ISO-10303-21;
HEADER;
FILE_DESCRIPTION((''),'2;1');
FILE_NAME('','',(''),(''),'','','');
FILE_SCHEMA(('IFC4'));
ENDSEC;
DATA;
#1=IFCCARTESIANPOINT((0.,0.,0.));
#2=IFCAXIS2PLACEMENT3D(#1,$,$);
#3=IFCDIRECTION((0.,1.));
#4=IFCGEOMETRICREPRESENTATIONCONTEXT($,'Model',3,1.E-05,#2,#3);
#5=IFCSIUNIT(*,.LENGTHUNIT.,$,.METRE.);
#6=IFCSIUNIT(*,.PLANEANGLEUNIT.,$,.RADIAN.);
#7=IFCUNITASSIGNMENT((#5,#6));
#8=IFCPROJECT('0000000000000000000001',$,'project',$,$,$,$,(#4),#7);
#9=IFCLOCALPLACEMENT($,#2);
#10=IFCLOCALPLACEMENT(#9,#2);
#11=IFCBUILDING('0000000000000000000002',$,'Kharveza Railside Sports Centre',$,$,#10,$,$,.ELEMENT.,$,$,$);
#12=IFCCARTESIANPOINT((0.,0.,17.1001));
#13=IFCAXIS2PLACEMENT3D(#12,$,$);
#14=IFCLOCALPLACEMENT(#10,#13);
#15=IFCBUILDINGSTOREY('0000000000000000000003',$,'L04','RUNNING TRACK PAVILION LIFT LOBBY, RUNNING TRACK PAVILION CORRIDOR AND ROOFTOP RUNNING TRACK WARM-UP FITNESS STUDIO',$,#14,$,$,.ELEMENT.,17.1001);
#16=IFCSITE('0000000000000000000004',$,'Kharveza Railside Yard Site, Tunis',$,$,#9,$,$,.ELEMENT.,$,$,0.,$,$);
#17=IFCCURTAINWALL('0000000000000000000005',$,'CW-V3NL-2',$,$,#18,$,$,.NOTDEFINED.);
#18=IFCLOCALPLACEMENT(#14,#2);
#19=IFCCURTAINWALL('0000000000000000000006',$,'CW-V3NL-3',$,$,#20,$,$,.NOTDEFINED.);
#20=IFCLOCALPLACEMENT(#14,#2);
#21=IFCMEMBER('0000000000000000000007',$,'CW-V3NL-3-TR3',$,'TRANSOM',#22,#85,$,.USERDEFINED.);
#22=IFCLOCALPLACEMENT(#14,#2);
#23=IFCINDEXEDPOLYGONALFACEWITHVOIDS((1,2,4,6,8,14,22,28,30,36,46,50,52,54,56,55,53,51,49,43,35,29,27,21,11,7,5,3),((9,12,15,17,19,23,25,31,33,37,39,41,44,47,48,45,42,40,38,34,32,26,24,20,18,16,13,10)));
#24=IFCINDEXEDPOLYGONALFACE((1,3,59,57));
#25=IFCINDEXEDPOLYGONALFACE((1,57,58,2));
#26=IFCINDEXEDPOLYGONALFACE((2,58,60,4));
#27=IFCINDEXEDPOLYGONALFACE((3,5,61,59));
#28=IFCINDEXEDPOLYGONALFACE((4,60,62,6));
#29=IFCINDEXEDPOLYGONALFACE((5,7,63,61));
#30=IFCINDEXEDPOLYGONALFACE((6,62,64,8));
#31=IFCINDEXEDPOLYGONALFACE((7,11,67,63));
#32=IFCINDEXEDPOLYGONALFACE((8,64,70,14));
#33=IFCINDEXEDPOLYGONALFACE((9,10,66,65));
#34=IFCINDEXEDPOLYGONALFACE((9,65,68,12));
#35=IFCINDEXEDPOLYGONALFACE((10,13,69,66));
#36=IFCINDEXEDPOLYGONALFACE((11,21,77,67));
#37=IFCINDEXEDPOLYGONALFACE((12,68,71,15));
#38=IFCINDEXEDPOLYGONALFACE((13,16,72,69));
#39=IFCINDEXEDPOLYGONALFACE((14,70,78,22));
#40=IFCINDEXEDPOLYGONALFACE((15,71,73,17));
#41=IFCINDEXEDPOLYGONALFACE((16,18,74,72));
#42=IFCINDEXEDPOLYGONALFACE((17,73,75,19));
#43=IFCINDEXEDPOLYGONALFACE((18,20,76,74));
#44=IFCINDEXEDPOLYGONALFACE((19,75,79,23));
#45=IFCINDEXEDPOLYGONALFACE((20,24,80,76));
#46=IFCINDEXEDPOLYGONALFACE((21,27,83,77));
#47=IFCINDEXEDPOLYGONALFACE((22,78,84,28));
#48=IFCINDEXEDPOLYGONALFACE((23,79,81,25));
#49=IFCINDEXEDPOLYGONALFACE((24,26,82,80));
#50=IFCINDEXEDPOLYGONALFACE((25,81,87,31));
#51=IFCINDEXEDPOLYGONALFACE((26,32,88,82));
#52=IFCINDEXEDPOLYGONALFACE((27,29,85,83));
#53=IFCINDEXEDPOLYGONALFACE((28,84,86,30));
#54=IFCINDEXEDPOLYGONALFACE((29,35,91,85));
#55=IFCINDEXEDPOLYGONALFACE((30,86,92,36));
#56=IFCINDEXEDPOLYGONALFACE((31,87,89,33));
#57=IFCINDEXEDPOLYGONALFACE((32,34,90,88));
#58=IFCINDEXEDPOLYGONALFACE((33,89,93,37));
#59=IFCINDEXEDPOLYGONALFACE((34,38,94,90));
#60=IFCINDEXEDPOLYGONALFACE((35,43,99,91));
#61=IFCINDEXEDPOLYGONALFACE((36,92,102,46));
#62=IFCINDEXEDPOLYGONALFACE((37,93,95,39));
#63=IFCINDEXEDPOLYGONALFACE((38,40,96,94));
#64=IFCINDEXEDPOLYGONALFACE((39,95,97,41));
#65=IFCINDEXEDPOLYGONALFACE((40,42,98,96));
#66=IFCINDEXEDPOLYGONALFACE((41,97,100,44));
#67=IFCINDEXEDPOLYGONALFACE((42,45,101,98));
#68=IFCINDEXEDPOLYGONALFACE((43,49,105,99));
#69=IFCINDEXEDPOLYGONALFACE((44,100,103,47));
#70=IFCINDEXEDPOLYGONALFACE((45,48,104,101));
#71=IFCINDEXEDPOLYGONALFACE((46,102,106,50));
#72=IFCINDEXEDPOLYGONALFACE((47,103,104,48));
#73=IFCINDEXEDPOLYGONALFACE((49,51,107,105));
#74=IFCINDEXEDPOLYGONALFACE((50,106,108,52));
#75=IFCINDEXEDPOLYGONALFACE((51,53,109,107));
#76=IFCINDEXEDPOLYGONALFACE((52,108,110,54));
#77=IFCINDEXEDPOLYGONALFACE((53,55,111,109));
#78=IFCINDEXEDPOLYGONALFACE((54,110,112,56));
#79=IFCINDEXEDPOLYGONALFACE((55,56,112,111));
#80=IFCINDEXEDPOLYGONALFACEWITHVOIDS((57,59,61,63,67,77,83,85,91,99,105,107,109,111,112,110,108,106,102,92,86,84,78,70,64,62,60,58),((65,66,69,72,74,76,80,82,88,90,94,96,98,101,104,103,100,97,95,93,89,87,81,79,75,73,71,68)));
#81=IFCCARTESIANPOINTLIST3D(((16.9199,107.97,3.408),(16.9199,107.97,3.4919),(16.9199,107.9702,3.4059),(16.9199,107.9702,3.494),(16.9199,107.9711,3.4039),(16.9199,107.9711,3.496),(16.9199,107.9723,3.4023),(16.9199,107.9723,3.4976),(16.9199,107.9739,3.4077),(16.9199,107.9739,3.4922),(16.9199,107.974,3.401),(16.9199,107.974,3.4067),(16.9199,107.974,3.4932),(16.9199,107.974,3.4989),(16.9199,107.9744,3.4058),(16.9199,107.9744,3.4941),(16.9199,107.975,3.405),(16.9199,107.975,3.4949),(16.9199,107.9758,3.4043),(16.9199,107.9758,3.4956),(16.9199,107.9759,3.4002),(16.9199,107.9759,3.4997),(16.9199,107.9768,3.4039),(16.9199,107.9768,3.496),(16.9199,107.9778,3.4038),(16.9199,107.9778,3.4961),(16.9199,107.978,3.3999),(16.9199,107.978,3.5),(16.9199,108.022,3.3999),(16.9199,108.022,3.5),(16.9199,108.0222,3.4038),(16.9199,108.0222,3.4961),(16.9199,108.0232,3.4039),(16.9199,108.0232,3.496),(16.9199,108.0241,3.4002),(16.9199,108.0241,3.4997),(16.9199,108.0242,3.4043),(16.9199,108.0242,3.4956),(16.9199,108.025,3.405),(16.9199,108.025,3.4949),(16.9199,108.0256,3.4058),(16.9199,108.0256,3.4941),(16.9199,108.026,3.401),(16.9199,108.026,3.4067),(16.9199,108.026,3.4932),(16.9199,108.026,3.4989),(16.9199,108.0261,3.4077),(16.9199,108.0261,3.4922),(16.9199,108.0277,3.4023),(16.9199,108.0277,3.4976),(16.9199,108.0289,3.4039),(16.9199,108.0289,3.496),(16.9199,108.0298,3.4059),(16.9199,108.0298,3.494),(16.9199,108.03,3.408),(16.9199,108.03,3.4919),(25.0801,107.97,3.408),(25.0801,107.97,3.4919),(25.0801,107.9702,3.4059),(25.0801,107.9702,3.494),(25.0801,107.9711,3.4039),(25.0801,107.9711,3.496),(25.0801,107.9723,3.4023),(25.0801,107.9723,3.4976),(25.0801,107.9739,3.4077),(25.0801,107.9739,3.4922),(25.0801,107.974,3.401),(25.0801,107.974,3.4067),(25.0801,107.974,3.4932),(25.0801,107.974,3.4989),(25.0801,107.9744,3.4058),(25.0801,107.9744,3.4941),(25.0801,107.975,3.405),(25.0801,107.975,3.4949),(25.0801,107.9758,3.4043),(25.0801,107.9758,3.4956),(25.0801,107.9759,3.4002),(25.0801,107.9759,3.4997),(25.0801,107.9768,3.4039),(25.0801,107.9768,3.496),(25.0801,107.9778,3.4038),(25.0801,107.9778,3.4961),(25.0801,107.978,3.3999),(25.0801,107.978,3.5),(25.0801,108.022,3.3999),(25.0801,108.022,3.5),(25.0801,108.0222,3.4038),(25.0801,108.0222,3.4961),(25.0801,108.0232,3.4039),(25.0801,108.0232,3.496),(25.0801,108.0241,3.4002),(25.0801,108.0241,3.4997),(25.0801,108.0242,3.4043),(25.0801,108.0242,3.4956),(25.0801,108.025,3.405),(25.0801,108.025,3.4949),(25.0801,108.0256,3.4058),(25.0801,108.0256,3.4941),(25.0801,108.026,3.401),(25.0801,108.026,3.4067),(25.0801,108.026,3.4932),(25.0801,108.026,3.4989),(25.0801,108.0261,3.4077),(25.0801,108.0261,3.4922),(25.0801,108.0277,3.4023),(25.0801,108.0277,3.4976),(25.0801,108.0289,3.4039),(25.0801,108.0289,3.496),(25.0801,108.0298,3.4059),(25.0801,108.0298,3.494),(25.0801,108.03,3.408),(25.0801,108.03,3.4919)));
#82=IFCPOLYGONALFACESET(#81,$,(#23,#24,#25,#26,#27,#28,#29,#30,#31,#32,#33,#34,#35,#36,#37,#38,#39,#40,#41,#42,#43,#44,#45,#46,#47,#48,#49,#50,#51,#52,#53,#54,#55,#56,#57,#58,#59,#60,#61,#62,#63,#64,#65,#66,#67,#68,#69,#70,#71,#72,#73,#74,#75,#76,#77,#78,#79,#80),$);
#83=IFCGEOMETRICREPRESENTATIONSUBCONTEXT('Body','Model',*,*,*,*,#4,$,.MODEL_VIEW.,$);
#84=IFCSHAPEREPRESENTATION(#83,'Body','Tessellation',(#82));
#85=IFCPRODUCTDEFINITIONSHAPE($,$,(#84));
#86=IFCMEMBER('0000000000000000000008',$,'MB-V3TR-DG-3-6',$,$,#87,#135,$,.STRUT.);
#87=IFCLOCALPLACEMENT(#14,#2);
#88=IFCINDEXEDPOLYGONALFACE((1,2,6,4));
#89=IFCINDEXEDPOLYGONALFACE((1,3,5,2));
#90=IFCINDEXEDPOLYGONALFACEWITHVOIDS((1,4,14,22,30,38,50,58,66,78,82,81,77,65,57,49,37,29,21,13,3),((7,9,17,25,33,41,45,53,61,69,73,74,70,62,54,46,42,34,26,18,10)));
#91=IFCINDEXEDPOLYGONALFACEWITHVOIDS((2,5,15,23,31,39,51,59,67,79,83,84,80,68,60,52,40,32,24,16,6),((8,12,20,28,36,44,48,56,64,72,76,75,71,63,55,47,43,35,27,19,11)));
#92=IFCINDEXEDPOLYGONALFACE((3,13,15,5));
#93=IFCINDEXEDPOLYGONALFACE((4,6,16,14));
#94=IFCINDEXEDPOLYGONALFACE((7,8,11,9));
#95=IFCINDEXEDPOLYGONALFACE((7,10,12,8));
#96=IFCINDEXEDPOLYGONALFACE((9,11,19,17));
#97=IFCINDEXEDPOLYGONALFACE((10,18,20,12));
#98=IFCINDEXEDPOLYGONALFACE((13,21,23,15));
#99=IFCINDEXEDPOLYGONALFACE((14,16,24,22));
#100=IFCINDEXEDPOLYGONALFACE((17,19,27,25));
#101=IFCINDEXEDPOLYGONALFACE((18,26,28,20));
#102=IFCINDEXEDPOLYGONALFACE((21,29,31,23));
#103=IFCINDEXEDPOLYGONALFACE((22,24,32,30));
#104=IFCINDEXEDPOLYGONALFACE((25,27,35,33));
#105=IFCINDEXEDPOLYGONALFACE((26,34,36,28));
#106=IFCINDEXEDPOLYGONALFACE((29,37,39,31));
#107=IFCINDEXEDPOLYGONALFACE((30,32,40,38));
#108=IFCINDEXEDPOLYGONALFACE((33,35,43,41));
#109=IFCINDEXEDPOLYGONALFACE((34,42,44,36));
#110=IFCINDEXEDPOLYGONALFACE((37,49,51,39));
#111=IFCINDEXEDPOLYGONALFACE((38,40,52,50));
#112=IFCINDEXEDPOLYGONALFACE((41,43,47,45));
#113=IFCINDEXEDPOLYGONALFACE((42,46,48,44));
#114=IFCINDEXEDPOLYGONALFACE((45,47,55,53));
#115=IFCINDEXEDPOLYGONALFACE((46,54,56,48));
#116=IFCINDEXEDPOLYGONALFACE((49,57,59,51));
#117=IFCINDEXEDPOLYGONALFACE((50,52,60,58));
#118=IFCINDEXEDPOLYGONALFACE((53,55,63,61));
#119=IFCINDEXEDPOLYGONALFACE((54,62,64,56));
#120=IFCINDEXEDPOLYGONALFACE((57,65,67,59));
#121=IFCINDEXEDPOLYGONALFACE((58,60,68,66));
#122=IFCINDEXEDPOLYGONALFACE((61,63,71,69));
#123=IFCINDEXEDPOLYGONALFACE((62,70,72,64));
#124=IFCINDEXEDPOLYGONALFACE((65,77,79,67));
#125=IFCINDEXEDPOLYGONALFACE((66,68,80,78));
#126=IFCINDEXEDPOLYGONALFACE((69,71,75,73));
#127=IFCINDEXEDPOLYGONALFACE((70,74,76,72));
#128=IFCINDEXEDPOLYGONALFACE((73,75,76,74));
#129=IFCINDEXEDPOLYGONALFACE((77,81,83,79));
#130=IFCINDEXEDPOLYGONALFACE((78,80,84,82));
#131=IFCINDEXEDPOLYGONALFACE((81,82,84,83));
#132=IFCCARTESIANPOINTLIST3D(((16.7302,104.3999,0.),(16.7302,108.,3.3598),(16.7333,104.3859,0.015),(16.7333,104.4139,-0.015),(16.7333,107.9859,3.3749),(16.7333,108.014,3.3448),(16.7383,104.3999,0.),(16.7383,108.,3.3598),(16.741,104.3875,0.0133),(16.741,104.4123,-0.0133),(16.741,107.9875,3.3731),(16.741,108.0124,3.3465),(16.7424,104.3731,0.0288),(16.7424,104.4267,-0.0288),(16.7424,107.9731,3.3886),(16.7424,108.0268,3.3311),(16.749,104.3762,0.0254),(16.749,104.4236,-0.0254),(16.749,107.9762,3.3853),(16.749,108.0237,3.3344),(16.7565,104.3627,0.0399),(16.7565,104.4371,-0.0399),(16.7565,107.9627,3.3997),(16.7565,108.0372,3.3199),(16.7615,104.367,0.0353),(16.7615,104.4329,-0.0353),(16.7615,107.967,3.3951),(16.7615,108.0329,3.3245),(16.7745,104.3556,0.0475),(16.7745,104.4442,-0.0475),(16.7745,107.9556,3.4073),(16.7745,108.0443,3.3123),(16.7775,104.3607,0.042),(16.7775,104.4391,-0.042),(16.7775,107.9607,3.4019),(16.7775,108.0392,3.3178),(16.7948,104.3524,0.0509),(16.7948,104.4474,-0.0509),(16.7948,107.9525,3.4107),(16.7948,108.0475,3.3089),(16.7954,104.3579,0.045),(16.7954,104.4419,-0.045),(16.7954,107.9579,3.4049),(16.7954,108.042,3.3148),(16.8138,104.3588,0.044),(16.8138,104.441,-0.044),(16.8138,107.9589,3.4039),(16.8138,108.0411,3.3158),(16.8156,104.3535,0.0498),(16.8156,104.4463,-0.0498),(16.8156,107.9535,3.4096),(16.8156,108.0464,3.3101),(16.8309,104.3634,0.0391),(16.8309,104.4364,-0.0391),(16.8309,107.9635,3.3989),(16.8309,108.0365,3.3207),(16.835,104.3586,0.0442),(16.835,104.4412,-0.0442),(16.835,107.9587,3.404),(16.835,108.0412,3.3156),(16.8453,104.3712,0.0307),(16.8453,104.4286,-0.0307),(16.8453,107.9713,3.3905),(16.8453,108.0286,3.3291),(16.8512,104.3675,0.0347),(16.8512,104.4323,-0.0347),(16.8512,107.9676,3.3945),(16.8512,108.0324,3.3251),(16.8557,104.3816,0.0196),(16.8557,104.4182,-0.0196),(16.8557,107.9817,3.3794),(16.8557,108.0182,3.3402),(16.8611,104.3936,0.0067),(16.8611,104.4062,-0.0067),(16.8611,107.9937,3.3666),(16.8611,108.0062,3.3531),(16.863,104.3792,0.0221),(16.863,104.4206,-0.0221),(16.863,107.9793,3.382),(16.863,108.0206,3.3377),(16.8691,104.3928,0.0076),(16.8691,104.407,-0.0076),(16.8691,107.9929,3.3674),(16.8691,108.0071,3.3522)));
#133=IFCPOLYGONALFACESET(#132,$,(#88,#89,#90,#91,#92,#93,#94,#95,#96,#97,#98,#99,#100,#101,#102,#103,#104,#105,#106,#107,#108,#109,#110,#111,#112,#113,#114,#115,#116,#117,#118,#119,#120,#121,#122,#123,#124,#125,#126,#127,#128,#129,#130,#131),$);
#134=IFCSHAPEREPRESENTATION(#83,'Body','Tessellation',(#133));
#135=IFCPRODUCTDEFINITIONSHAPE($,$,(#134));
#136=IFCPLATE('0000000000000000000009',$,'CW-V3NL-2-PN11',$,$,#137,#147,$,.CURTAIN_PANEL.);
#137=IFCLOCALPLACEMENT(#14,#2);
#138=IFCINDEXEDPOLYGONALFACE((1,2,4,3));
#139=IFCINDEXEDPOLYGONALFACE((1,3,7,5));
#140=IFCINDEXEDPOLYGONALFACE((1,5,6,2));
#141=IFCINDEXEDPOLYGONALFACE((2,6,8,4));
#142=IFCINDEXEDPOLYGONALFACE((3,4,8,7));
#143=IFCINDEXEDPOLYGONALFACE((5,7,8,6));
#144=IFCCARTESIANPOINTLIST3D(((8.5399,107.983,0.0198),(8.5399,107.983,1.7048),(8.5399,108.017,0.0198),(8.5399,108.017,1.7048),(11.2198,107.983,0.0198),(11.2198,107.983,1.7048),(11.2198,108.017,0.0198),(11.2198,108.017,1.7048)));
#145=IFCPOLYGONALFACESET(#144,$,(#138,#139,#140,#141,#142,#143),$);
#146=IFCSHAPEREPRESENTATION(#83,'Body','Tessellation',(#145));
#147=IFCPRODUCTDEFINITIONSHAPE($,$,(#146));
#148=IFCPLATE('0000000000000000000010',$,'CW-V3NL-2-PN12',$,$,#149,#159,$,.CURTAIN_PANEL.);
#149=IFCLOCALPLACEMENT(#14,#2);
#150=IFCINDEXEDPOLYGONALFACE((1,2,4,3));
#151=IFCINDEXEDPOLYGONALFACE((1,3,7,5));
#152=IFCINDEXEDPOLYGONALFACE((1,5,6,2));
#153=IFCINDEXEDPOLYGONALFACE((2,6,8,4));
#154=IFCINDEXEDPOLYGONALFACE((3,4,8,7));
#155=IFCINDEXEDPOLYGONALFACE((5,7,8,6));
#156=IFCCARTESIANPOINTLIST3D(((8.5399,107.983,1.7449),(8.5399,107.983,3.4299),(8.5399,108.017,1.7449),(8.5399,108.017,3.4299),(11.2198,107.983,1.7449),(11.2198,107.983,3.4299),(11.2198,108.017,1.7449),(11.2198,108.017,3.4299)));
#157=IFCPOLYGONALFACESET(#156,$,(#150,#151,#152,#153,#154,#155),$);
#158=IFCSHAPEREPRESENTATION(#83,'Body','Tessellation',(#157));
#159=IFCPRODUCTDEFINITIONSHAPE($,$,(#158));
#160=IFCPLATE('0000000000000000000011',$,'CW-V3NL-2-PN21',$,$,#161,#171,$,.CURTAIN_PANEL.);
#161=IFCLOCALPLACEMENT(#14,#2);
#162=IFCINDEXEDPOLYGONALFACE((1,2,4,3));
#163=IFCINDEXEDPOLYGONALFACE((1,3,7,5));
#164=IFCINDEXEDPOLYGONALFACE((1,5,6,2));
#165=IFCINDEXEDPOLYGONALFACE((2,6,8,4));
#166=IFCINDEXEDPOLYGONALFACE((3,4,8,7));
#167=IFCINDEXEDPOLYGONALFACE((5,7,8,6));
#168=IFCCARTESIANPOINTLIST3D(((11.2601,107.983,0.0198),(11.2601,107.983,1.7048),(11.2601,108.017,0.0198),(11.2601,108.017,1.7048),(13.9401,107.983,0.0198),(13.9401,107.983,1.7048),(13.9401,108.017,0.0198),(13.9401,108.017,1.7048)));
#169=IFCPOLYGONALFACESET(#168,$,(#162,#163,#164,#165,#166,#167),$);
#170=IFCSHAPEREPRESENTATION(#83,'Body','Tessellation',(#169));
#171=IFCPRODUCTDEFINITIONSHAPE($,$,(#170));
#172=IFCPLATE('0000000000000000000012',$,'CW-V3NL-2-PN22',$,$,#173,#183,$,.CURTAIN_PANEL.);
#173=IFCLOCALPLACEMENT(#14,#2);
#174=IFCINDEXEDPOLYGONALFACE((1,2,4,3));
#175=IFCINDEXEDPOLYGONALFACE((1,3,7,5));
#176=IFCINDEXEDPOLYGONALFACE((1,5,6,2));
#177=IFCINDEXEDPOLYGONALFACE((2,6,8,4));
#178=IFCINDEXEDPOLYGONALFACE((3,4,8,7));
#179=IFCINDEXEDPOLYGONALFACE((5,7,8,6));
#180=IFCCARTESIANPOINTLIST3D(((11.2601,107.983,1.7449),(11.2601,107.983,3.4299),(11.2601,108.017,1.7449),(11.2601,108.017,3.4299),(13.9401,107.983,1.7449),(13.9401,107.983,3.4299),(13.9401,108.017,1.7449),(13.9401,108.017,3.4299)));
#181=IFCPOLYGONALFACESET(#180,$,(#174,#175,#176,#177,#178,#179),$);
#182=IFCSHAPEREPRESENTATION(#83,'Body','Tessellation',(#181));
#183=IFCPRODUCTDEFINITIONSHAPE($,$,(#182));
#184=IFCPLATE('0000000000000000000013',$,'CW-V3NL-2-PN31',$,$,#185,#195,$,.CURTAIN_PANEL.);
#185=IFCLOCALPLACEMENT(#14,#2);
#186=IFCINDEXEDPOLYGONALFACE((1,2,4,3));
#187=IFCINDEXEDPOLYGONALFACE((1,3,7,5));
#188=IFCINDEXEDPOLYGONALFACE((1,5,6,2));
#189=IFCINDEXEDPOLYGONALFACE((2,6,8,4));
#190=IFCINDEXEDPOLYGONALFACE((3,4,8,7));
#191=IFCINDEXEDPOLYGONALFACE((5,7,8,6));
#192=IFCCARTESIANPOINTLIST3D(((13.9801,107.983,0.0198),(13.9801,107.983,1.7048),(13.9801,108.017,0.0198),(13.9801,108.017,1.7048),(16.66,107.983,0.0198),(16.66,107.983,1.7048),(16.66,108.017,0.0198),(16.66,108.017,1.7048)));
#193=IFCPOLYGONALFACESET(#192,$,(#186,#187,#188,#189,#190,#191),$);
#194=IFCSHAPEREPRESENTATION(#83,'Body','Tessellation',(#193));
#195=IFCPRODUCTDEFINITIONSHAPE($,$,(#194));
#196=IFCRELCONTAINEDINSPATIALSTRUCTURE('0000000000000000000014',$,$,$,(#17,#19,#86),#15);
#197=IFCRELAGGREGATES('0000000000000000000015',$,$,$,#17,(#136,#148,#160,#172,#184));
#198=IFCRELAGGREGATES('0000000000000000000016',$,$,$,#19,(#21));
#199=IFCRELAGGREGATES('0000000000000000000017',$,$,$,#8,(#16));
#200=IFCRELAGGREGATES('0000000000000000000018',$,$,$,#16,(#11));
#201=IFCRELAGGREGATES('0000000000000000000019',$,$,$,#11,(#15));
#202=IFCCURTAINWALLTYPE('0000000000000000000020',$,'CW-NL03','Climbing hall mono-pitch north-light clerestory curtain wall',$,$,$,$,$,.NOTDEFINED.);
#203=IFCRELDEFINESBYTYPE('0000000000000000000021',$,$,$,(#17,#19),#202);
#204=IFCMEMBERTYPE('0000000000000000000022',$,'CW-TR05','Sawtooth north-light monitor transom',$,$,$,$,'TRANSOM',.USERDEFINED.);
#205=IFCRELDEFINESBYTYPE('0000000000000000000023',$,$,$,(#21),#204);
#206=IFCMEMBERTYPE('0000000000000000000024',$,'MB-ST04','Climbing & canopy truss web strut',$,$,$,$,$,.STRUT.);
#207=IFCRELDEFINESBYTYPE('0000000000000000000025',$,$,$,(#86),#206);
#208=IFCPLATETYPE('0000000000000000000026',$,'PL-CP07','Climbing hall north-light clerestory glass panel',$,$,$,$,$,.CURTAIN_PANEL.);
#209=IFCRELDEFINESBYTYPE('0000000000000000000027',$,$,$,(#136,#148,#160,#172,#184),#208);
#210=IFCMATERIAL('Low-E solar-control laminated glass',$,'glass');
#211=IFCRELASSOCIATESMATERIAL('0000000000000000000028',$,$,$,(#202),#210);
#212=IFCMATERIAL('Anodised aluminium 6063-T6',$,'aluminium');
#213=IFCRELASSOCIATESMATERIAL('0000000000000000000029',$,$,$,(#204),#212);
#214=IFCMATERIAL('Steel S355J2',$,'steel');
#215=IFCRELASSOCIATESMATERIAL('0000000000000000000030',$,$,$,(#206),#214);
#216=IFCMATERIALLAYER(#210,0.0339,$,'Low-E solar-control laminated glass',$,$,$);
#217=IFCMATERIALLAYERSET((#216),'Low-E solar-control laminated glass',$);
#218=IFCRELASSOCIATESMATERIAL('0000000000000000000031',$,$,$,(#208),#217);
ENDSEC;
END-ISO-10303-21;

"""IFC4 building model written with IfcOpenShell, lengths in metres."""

from ifc_helpers import new_model, si_unit, direction, frame, origin, origin_2d, place, context, subcontext, project, spatial, rectangle, hollow_rectangle, hollow_circle, extrude, material, layer, layer_set, material_profile, profile_set, type_object, element, aggregate, save


model = new_model("IFC4")

# Units and contexts
model_context = context("Model", 3, precision=1e-05, world=origin(), true_north=direction((0.0, 1.0)))
body_context = subcontext(model_context, "Body", "Model", "MODEL_VIEW")
ifc_project = project(units=[si_unit("LENGTHUNIT", "METRE"), si_unit("PLANEANGLEUNIT", "RADIAN")], contexts=[model_context])

# Site, building, storey
site_placement = place(None, origin())
site = spatial("IfcSite", under=ifc_project, at=site_placement, Name="Kharveza Railside Yard Site, Tunis", CompositionType="ELEMENT", RefElevation=0.0)
building_placement = place(site_placement, origin())
building = spatial("IfcBuilding", under=site, at=building_placement, Name="Kharveza Railside Sports Centre", CompositionType="ELEMENT")
storey_placement = place(building_placement, frame((0.0, 0.0, 17.1001)))
storey = spatial("IfcBuildingStorey", under=building, at=storey_placement, Name="L04", Description="RUNNING TRACK PAVILION LIFT LOBBY, RUNNING TRACK PAVILION CORRIDOR AND ROOFTOP RUNNING TRACK WARM-UP FITNESS STUDIO", CompositionType="ELEMENT", Elevation=17.1001)

# Curtain walls
ifc_material_1 = material(Name="Low-E solar-control laminated glass", Category="glass")
curtain_wall_type = type_object("IfcCurtainWallType", Name="CW-NL03", Description="Climbing hall mono-pitch north-light clerestory curtain wall", PredefinedType="NOTDEFINED", material=ifc_material_1)
curtain_wall_1_placement = place(storey_placement, origin())
curtain_wall_1 = element("IfcCurtainWall", 1, at=curtain_wall_1_placement, inside=storey, type_object=curtain_wall_type, Name="CW-V3NL-2", PredefinedType="NOTDEFINED")
ifc_material_2 = material(Name="Anodised aluminium 6063-T6", Category="aluminium")
curtain_wall_2_placement = place(storey_placement, origin())
curtain_wall_2 = element("IfcCurtainWall", 2, at=curtain_wall_2_placement, inside=storey, type_object=curtain_wall_type, Name="CW-V3NL-3", PredefinedType="NOTDEFINED")

# Members
ifc_material_profile_1 = material_profile(ifc_material_2, hollow_rectangle(XDim=0.0601, YDim=0.1001, WallThickness=0.0039, InnerFilletRadius=0.0039, OuterFilletRadius=0.0081, at=origin_2d()), Name="RHS 60x100x4.0")
ifc_profile_set_1 = profile_set([ifc_material_profile_1], Name="Anodised aluminium 6063-T6")
member_type_1 = type_object("IfcMemberType", Name="CW-TR05", Description="Sawtooth north-light monitor transom", ElementType="TRANSOM", PredefinedType="USERDEFINED", material=ifc_profile_set_1)
member_1_placement = place(storey_placement, frame((16.9199, 108.0, 3.45), z_axis=(1.0, 0.0, 0.0), x_axis=(0.0, 1.0, 0.0)))
member_1 = element("IfcMember", 3, at=member_1_placement, type_object=member_type_1, Name="CW-V3NL-3-TR3", ObjectType="TRANSOM", PredefinedType="USERDEFINED", context=body_context, shape_type="SweptSolid", body=[
    extrude(hollow_rectangle(XDim=0.0601, YDim=0.1001, WallThickness=0.0039, InnerFilletRadius=0.0039, OuterFilletRadius=0.0081, at=origin_2d()), origin(), (0.0, 0.0, 1.0), 8.1602),
])
ifc_material_3 = material(Name="Steel S355J2", Category="steel")
ifc_material_profile_2 = material_profile(ifc_material_3, hollow_circle(Radius=0.0698, WallThickness=0.0081, at=origin_2d()), Name="CHS 139.7x8.0")
ifc_profile_set_2 = profile_set([ifc_material_profile_2], Name="Steel S355J2")
member_type_2 = type_object("IfcMemberType", Name="MB-ST04", Description="Climbing & canopy truss web strut", PredefinedType="STRUT", material=ifc_profile_set_2)
member_2_placement = place(storey_placement, frame((16.8, 104.3999, 0.0), z_axis=(0.0, 0.731078, 0.682294), x_axis=(-1.0, 0.0, 0.0)))
element("IfcMember", 4, at=member_2_placement, inside=storey, type_object=member_type_2, Name="MB-V3TR-DG-3-6", PredefinedType="STRUT", context=body_context, shape_type="SweptSolid", body=[
    extrude(hollow_circle(Radius=0.0698, WallThickness=0.0081, at=origin_2d()), origin(), (0.0, 0.0, 1.0), 4.9243),
])

# Plates
ifc_layer_1 = layer(ifc_material_1, 0.0339, Name="Low-E solar-control laminated glass")
ifc_layer_set_1 = layer_set([ifc_layer_1], Name="Low-E solar-control laminated glass")
plate_type_1 = type_object("IfcPlateType", Name="PL-CP07", Description="Climbing hall north-light clerestory glass panel", PredefinedType="CURTAIN_PANEL", material=ifc_layer_set_1)
plate_1_placement = place(storey_placement, frame((9.8799, 108.0, 0.0198), z_axis=(0.0, 0.0, 1.0), x_axis=(1.0, 0.0, 0.0)))
plate_1 = element("IfcPlate", 5, at=plate_1_placement, type_object=plate_type_1, Name="CW-V3NL-2-PN11", PredefinedType="CURTAIN_PANEL", context=body_context, shape_type="SweptSolid", body=[
    extrude(rectangle(XDim=2.6799, YDim=0.0339, at=origin_2d()), origin(), (0.0, 0.0, 1.0), 1.6851),
])
plate_2_placement = place(storey_placement, frame((9.8799, 108.0, 1.7449), z_axis=(0.0, 0.0, 1.0), x_axis=(1.0, 0.0, 0.0)))
plate_2 = element("IfcPlate", 6, at=plate_2_placement, type_object=plate_type_1, Name="CW-V3NL-2-PN12", PredefinedType="CURTAIN_PANEL", context=body_context, shape_type="SweptSolid", body=[
    extrude(rectangle(XDim=2.6799, YDim=0.0339, at=origin_2d()), origin(), (0.0, 0.0, 1.0), 1.6851),
])
plate_3_placement = place(storey_placement, frame((12.6001, 108.0, 0.0198), z_axis=(0.0, 0.0, 1.0), x_axis=(1.0, 0.0, 0.0)))
plate_3 = element("IfcPlate", 7, at=plate_3_placement, type_object=plate_type_1, Name="CW-V3NL-2-PN21", PredefinedType="CURTAIN_PANEL", context=body_context, shape_type="SweptSolid", body=[
    extrude(rectangle(XDim=2.6799, YDim=0.0339, at=origin_2d()), origin(), (0.0, 0.0, 1.0), 1.6851),
])
plate_4_placement = place(storey_placement, frame((12.6001, 108.0, 1.7449), z_axis=(0.0, 0.0, 1.0), x_axis=(1.0, 0.0, 0.0)))
plate_4 = element("IfcPlate", 8, at=plate_4_placement, type_object=plate_type_1, Name="CW-V3NL-2-PN22", PredefinedType="CURTAIN_PANEL", context=body_context, shape_type="SweptSolid", body=[
    extrude(rectangle(XDim=2.6799, YDim=0.0339, at=origin_2d()), origin(), (0.0, 0.0, 1.0), 1.6851),
])
plate_5_placement = place(storey_placement, frame((15.3201, 108.0, 0.0198), z_axis=(0.0, 0.0, 1.0), x_axis=(1.0, 0.0, 0.0)))
plate_5 = element("IfcPlate", 9, at=plate_5_placement, type_object=plate_type_1, Name="CW-V3NL-2-PN31", PredefinedType="CURTAIN_PANEL", context=body_context, shape_type="SweptSolid", body=[
    extrude(rectangle(XDim=2.6799, YDim=0.0339, at=origin_2d()), origin(), (0.0, 0.0, 1.0), 1.6851),
])
aggregate(curtain_wall_1, [plate_1, plate_2, plate_3, plate_4, plate_5])
aggregate(curtain_wall_2, [member_1])

save(model, "model.ifc")
